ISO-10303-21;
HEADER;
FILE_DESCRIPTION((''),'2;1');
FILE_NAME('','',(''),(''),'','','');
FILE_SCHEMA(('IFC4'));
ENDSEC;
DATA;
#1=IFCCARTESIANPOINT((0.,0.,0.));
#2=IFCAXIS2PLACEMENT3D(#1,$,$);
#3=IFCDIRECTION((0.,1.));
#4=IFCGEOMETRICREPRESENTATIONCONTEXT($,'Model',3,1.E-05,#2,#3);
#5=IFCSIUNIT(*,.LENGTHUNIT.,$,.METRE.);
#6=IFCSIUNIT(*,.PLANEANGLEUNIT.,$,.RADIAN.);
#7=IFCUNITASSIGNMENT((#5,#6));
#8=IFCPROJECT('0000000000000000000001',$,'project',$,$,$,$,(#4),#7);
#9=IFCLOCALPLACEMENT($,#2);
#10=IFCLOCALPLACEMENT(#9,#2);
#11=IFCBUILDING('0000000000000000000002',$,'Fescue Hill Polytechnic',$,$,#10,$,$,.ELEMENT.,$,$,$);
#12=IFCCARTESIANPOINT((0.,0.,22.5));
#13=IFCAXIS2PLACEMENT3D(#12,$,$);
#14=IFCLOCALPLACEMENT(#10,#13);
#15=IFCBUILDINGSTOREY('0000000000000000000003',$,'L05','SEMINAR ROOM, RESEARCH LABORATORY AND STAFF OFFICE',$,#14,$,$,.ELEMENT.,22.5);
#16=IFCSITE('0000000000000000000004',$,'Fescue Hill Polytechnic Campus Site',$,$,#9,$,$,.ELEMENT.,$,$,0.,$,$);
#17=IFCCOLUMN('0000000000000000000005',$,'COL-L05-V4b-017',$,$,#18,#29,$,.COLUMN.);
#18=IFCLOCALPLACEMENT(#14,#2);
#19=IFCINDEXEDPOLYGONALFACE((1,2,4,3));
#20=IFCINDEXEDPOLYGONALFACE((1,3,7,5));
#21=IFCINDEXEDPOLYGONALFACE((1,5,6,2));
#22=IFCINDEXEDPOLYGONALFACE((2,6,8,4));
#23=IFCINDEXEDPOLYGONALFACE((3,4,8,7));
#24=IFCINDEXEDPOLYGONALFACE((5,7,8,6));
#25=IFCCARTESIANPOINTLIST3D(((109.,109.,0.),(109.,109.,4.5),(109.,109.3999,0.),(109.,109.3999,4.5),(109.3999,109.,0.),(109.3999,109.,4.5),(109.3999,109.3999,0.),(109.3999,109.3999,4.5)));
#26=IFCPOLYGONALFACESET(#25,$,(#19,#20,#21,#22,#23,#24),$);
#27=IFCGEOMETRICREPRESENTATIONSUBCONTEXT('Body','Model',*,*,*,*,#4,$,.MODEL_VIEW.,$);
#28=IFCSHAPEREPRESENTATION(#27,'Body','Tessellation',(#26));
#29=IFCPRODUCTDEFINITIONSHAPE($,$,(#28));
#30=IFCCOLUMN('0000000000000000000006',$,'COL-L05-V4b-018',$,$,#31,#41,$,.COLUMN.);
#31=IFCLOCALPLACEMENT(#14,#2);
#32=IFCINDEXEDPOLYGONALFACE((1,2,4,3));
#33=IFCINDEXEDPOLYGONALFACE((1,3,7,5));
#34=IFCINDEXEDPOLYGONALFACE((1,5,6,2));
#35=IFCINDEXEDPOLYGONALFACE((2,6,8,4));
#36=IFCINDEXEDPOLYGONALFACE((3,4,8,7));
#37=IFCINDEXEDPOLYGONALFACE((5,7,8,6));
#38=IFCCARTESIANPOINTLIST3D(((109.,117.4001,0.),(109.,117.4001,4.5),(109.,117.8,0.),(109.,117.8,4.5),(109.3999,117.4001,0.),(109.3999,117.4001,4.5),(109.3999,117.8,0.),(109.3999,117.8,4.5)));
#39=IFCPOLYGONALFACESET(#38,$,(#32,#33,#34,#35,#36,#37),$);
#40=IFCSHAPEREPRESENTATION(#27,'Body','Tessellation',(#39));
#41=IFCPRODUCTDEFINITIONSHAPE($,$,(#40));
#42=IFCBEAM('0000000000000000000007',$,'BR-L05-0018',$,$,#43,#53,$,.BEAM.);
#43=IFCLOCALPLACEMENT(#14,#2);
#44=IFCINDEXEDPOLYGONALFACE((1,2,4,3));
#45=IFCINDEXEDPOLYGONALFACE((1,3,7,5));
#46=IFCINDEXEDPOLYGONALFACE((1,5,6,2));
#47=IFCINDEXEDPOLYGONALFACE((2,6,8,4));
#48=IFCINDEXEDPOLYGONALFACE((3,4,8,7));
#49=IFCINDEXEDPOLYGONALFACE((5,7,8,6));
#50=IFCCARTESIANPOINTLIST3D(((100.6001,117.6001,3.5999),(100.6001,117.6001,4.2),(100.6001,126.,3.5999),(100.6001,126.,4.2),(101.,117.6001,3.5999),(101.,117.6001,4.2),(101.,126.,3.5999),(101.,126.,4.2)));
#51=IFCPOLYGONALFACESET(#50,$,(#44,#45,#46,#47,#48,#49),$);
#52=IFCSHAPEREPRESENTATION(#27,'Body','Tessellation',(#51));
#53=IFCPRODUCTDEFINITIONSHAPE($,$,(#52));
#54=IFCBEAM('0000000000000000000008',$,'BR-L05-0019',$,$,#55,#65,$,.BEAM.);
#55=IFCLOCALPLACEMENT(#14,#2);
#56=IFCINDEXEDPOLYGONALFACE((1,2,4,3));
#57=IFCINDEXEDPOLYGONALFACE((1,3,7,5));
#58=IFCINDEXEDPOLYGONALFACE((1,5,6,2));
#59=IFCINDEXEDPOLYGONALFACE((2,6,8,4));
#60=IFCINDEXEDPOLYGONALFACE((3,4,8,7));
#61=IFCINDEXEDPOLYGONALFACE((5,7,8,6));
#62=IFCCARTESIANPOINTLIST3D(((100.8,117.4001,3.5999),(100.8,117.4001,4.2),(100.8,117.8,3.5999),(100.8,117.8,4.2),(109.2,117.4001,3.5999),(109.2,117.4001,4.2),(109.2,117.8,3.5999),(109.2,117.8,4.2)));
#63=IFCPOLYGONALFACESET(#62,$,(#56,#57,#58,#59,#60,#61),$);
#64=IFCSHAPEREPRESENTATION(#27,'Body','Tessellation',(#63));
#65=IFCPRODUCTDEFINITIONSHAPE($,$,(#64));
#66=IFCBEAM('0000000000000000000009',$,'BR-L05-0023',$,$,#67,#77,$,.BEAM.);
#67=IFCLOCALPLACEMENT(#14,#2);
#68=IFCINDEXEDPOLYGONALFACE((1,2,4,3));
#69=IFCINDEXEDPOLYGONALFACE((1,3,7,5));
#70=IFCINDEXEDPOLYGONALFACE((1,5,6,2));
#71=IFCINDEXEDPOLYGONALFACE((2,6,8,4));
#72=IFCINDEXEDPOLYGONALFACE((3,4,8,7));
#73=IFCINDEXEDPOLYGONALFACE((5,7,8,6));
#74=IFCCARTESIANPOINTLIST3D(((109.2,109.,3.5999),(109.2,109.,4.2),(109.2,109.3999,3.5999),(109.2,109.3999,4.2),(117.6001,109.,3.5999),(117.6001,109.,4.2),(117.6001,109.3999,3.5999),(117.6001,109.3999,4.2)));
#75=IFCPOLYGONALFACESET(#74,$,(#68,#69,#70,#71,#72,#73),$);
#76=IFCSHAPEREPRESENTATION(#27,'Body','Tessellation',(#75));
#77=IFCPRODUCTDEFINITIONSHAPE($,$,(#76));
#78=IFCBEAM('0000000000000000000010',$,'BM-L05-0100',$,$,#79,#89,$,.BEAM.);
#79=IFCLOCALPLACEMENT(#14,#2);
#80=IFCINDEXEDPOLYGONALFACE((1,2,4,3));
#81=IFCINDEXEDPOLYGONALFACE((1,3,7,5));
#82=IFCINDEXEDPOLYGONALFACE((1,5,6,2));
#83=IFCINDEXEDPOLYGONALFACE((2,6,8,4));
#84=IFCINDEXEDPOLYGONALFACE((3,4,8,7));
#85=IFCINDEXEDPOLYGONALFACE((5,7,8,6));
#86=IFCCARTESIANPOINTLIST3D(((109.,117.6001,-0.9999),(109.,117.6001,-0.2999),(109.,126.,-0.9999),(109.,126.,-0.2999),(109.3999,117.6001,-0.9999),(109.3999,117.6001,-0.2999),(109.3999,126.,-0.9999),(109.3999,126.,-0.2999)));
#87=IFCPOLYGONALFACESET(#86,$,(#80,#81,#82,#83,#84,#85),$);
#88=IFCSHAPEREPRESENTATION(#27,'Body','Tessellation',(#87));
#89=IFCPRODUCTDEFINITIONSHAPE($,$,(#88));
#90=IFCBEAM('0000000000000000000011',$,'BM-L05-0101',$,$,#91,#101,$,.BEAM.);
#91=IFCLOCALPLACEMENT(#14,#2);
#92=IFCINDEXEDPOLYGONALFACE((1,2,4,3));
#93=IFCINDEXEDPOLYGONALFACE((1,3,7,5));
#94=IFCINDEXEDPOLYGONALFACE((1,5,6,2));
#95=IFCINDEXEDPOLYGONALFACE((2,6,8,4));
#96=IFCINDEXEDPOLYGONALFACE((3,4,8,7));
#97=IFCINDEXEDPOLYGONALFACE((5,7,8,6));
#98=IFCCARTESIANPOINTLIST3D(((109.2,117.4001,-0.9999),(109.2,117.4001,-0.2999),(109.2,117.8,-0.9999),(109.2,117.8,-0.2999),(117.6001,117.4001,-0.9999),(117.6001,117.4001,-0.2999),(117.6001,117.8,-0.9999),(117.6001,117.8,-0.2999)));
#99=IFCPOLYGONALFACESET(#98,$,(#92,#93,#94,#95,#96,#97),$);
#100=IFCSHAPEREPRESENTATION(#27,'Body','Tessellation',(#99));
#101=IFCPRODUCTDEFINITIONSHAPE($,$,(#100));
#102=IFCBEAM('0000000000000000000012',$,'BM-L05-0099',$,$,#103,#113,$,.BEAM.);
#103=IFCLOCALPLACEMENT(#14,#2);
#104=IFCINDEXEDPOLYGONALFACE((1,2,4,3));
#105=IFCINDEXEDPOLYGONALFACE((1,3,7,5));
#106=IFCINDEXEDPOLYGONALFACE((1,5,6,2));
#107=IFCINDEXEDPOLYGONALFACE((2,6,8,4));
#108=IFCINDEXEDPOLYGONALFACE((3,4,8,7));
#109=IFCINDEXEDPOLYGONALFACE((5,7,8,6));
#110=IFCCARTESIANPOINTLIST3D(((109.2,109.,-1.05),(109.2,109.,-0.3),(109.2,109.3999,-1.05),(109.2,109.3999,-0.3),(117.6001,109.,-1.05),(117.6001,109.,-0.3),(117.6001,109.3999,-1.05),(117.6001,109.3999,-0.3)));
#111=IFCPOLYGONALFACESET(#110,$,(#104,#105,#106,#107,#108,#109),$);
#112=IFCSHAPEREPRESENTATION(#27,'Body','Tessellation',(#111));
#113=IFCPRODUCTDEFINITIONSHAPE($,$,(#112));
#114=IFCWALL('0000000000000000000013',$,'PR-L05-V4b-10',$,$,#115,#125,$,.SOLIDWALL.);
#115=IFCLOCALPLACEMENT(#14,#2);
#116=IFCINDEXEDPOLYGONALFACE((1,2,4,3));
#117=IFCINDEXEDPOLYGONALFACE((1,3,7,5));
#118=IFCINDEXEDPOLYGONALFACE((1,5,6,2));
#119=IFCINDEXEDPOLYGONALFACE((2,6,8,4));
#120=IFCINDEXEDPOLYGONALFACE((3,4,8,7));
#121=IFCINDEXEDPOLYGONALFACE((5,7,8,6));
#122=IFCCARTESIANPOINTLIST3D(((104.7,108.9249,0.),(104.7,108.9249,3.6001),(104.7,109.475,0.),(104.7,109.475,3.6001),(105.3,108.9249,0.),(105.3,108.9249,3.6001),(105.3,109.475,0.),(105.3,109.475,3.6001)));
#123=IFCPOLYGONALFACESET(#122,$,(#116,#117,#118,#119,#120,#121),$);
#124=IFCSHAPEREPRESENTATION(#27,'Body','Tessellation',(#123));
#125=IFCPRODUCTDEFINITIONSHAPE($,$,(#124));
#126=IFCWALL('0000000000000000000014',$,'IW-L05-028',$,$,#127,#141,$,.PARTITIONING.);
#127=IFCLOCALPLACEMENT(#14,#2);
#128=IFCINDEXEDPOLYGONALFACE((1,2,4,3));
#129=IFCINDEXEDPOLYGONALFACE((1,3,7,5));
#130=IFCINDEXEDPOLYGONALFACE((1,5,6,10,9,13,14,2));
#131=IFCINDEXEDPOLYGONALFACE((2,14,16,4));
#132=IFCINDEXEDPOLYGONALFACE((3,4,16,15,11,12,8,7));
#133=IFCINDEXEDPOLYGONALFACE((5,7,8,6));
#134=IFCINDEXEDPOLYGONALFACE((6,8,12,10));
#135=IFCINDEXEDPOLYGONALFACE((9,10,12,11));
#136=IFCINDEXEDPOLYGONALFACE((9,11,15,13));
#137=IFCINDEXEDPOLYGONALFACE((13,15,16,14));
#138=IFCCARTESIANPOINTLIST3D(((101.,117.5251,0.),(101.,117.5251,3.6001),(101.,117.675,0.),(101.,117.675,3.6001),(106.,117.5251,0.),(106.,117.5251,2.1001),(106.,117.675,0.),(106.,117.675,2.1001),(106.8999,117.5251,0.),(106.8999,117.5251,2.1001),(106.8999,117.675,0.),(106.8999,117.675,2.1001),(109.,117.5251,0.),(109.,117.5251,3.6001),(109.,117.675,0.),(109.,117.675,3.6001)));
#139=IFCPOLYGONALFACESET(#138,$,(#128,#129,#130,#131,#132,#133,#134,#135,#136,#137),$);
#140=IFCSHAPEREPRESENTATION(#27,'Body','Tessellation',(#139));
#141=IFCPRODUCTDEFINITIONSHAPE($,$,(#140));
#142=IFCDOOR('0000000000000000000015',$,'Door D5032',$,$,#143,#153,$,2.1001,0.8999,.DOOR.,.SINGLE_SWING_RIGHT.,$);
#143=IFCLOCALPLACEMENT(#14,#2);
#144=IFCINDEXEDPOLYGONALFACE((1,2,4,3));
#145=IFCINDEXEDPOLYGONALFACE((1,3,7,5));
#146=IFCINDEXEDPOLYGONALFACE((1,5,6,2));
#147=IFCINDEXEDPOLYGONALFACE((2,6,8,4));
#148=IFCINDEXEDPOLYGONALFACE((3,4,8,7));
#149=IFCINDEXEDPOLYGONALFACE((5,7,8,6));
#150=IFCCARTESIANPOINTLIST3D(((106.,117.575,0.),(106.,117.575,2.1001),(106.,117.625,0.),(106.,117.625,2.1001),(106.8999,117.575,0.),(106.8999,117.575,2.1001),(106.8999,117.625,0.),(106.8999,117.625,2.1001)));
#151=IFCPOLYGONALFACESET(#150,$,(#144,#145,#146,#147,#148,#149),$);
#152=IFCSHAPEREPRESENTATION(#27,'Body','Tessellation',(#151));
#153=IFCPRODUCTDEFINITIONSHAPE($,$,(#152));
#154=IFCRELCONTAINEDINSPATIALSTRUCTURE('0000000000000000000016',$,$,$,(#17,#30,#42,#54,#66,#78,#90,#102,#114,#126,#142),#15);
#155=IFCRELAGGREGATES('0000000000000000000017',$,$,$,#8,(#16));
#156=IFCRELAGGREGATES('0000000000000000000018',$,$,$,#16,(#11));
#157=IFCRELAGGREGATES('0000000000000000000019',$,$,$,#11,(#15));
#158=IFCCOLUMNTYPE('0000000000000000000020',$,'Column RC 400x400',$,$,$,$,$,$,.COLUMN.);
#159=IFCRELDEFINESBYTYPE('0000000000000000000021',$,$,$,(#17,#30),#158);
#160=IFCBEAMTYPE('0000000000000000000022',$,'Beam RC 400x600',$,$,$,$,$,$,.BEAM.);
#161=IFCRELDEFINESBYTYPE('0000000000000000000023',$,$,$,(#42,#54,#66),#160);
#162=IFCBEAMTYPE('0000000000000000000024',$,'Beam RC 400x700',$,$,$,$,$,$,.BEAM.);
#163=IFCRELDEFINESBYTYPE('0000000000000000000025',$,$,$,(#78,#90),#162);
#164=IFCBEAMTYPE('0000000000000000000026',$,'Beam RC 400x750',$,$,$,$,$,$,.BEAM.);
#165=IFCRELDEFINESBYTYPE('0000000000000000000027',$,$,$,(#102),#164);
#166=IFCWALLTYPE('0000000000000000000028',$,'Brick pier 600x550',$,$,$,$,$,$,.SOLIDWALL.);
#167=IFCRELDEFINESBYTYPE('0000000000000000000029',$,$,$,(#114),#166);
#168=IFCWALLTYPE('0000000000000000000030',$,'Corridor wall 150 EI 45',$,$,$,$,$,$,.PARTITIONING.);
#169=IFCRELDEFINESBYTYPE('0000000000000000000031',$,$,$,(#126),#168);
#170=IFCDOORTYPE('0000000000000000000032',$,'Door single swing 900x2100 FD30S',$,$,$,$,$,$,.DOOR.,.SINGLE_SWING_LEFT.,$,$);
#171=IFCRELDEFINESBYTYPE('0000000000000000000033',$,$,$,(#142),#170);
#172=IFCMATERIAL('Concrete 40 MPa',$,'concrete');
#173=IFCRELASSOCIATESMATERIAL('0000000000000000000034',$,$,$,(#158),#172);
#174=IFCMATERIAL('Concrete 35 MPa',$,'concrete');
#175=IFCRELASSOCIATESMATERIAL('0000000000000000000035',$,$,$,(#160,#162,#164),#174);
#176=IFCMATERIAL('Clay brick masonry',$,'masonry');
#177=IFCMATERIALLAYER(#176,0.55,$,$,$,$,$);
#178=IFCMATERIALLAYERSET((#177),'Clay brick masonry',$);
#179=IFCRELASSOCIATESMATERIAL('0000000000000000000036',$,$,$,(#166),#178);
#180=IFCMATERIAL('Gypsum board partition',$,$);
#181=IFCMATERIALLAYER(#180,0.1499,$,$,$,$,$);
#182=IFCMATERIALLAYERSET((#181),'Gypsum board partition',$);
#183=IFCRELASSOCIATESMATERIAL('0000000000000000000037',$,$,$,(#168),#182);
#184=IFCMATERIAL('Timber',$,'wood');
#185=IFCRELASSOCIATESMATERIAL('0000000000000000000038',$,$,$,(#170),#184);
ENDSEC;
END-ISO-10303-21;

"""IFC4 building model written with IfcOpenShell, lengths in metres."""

from ifc_helpers import new_model, si_unit, direction, frame, frame_2d, origin, origin_2d, place, context, subcontext, project, spatial, rectangle, extrude, material, layer, layer_set, material_profile, profile_set, type_object, element, fill, save


model = new_model("IFC4")

# Units and contexts
model_context = context("Model", 3, precision=1e-05, world=origin(), true_north=direction((0.0, 1.0)))
body_context = subcontext(model_context, "Body", "Model", "MODEL_VIEW")
ifc_project = project(units=[si_unit("LENGTHUNIT", "METRE"), si_unit("PLANEANGLEUNIT", "RADIAN")], contexts=[model_context])

# Site, building, storey
site_placement = place(None, origin())
site = spatial("IfcSite", under=ifc_project, at=site_placement, Name="Fescue Hill Polytechnic Campus Site", CompositionType="ELEMENT", RefElevation=0.0)
building_placement = place(site_placement, origin())
building = spatial("IfcBuilding", under=site, at=building_placement, Name="Fescue Hill Polytechnic", CompositionType="ELEMENT")
storey_placement = place(building_placement, frame((0.0, 0.0, 22.5)))
storey = spatial("IfcBuildingStorey", under=building, at=storey_placement, Name="L05", Description="SEMINAR ROOM, RESEARCH LABORATORY AND STAFF OFFICE", CompositionType="ELEMENT", Elevation=22.5)

# Columns
ifc_material_1 = material(Name="Concrete 40 MPa", Category="concrete")
ifc_material_profile_1 = material_profile(ifc_material_1, rectangle(XDim=0.3999, YDim=0.3999, at=origin_2d()), Name="RC 400x400")
ifc_profile_set_1 = profile_set([ifc_material_profile_1], Name="Concrete 40 MPa")
column_type = type_object("IfcColumnType", Name="Column RC 400x400", PredefinedType="COLUMN", material=ifc_profile_set_1)
for number, where, z_axis, x_axis, name in (
    (1, (109.2, 109.2, 0.0), (0.0, 0.0, 1.0), (1.0, 0.0, 0.0), "COL-L05-V4b-017"),
    (2, (109.2, 117.6001, 0.0), (0.0, 0.0, 1.0), (1.0, 0.0, 0.0), "COL-L05-V4b-018"),
):
    element("IfcColumn", number, at=place(storey_placement, frame(where, z_axis=z_axis, x_axis=x_axis)), inside=storey, type_object=column_type, Name=name, PredefinedType="COLUMN", context=body_context, shape_type="SweptSolid", body=[
        extrude(rectangle(XDim=0.3999, YDim=0.3999, at=origin_2d()), origin(), (0.0, 0.0, 1.0), 4.5),
    ])

# Beams
ifc_material_2 = material(Name="Concrete 35 MPa", Category="concrete")
ifc_material_profile_2 = material_profile(ifc_material_2, rectangle(XDim=0.3999, YDim=0.6001, at=origin_2d()), Name="RC 400x600")
ifc_profile_set_2 = profile_set([ifc_material_profile_2], Name="Concrete 35 MPa")
beam_type_1 = type_object("IfcBeamType", Name="Beam RC 400x600", PredefinedType="BEAM", material=ifc_profile_set_2)
for number, where, z_axis, x_axis, name in (
    (3, (100.8, 117.6001, 3.8999), (0.0, 1.0, 0.0), (-1.0, 0.0, 0.0), "BR-L05-0018"),
    (4, (100.8, 117.6001, 3.8999), (1.0, 0.0, 0.0), (0.0, 1.0, 0.0), "BR-L05-0019"),
):
    element("IfcBeam", number, at=place(storey_placement, frame(where, z_axis=z_axis, x_axis=x_axis)), inside=storey, type_object=beam_type_1, Name=name, PredefinedType="BEAM", context=body_context, shape_type="SweptSolid", body=[
        extrude(rectangle(XDim=0.3999, YDim=0.6001, at=origin_2d()), origin(), (0.0, 0.0, 1.0), 8.3999),
    ])
beam_1_placement = place(storey_placement, frame((109.2, 109.2, 3.8999), z_axis=(1.0, 0.0, 0.0), x_axis=(0.0, 1.0, 0.0)))
element("IfcBeam", 5, at=beam_1_placement, inside=storey, type_object=beam_type_1, Name="BR-L05-0023", PredefinedType="BEAM", context=body_context, shape_type="SweptSolid", body=[
    extrude(rectangle(XDim=0.3999, YDim=0.6001, at=origin_2d()), origin(), (0.0, 0.0, 1.0), 8.4001),
])
ifc_material_profile_3 = material_profile(ifc_material_2, rectangle(XDim=0.3999, YDim=0.7, at=origin_2d()), Name="RC 400x700")
ifc_profile_set_3 = profile_set([ifc_material_profile_3], Name="Concrete 35 MPa")
beam_type_2 = type_object("IfcBeamType", Name="Beam RC 400x700", PredefinedType="BEAM", material=ifc_profile_set_3)
beam_2_placement = place(storey_placement, frame((109.2, 117.6001, -0.6499), z_axis=(0.0, 1.0, 0.0), x_axis=(-1.0, 0.0, 0.0)))
element("IfcBeam", 6, at=beam_2_placement, inside=storey, type_object=beam_type_2, Name="BM-L05-0100", PredefinedType="BEAM", context=body_context, shape_type="SweptSolid", body=[
    extrude(rectangle(XDim=0.3999, YDim=0.7, at=origin_2d()), origin(), (0.0, 0.0, 1.0), 8.3999),
])
beam_3_placement = place(storey_placement, frame((109.2, 117.6001, -0.6499), z_axis=(1.0, 0.0, 0.0), x_axis=(0.0, 1.0, 0.0)))
element("IfcBeam", 7, at=beam_3_placement, inside=storey, type_object=beam_type_2, Name="BM-L05-0101", PredefinedType="BEAM", context=body_context, shape_type="SweptSolid", body=[
    extrude(rectangle(XDim=0.3999, YDim=0.7, at=origin_2d()), origin(), (0.0, 0.0, 1.0), 8.4001),
])
ifc_material_profile_4 = material_profile(ifc_material_2, rectangle(XDim=0.3999, YDim=0.75, at=origin_2d()), Name="RC 400x750")
ifc_profile_set_4 = profile_set([ifc_material_profile_4], Name="Concrete 35 MPa")
beam_type_3 = type_object("IfcBeamType", Name="Beam RC 400x750", PredefinedType="BEAM", material=ifc_profile_set_4)
beam_4_placement = place(storey_placement, frame((109.2, 109.2, -0.675), z_axis=(1.0, 0.0, 0.0), x_axis=(0.0, 1.0, 0.0)))
element("IfcBeam", 8, at=beam_4_placement, inside=storey, type_object=beam_type_3, Name="BM-L05-0099", PredefinedType="BEAM", context=body_context, shape_type="SweptSolid", body=[
    extrude(rectangle(XDim=0.3999, YDim=0.75, at=origin_2d()), origin(), (0.0, 0.0, 1.0), 8.4001),
])

# Wall
ifc_material_3 = material(Name="Clay brick masonry", Category="masonry")
ifc_layer_1 = layer(ifc_material_3, 0.55)
ifc_layer_set_1 = layer_set([ifc_layer_1], Name="Clay brick masonry")
wall_type_1 = type_object("IfcWallType", Name="Brick pier 600x550", PredefinedType="SOLIDWALL", material=ifc_layer_set_1)
wall_1_placement = place(storey_placement, frame((104.7, 109.2, 0.0), z_axis=(0.0, 0.0, 1.0), x_axis=(1.0, 0.0, 0.0)))
element("IfcWall", 9, at=wall_1_placement, inside=storey, type_object=wall_type_1, Name="PR-L05-V4b-10", PredefinedType="SOLIDWALL", context=body_context, shape_type="SweptSolid", body=[
    extrude(rectangle(XDim=0.6001, YDim=0.55, at=frame_2d((0.3, 0.0))), origin(), (0.0, 0.0, 1.0), 3.6001),
])

# Wall, opening, door
ifc_material_4 = material(Name="Gypsum board partition")
ifc_layer_2 = layer(ifc_material_4, 0.1499)
ifc_layer_set_2 = layer_set([ifc_layer_2], Name="Gypsum board partition")
wall_type_2 = type_object("IfcWallType", Name="Corridor wall 150 EI 45", PredefinedType="PARTITIONING", material=ifc_layer_set_2)
wall_2_placement = place(storey_placement, frame((101.0, 117.6001, 0.0), z_axis=(0.0, 0.0, 1.0), x_axis=(1.0, 0.0, 0.0)))
wall_2 = element("IfcWall", 10, at=wall_2_placement, inside=storey, type_object=wall_type_2, Name="IW-L05-028", PredefinedType="PARTITIONING", context=body_context, shape_type="SweptSolid", body=[
    extrude(rectangle(XDim=8.0, YDim=0.1499, at=frame_2d((4.0, 0.0))), origin(), (0.0, 0.0, 1.0), 3.6001),
])
opening_1_placement = place(wall_2_placement, frame((5.0, 0.0, 0.0)))
opening_1 = element("IfcOpeningElement", 11, at=opening_1_placement, cuts=wall_2, PredefinedType="OPENING", context=body_context, shape_type="SweptSolid", body=[
    extrude(rectangle(XDim=0.8999, YDim=2.1001, at=frame_2d((0.45, 1.05))), frame((0.0, 0.085, 0.0), z_axis=(0.0, -1.0, 0.0), x_axis=(1.0, 0.0, 0.0)), (0.0, 0.0, 1.0), 0.1699),
])
ifc_material_5 = material(Name="Timber", Category="wood")
door_type = type_object("IfcDoorType", Name="Door single swing 900x2100 FD30S", OperationType="SINGLE_SWING_LEFT", PredefinedType="DOOR", material=ifc_material_5)
door_placement = place(opening_1_placement, origin())
door = element("IfcDoor", 12, at=door_placement, inside=storey, type_object=door_type, Name="Door D5032", OperationType="SINGLE_SWING_RIGHT", OverallHeight=2.1001, OverallWidth=0.8999, PredefinedType="DOOR", context=body_context, shape_type="SweptSolid", body=[
    extrude(rectangle(XDim=0.8999, YDim=2.1001, at=frame_2d((0.45, 1.05))), frame((0.0, 0.0249, 0.0), z_axis=(0.0, -1.0, 0.0), x_axis=(1.0, 0.0, 0.0)), (0.0, 0.0, 1.0), 0.05),
])
fill(opening_1, door)

save(model, "model.ifc")
